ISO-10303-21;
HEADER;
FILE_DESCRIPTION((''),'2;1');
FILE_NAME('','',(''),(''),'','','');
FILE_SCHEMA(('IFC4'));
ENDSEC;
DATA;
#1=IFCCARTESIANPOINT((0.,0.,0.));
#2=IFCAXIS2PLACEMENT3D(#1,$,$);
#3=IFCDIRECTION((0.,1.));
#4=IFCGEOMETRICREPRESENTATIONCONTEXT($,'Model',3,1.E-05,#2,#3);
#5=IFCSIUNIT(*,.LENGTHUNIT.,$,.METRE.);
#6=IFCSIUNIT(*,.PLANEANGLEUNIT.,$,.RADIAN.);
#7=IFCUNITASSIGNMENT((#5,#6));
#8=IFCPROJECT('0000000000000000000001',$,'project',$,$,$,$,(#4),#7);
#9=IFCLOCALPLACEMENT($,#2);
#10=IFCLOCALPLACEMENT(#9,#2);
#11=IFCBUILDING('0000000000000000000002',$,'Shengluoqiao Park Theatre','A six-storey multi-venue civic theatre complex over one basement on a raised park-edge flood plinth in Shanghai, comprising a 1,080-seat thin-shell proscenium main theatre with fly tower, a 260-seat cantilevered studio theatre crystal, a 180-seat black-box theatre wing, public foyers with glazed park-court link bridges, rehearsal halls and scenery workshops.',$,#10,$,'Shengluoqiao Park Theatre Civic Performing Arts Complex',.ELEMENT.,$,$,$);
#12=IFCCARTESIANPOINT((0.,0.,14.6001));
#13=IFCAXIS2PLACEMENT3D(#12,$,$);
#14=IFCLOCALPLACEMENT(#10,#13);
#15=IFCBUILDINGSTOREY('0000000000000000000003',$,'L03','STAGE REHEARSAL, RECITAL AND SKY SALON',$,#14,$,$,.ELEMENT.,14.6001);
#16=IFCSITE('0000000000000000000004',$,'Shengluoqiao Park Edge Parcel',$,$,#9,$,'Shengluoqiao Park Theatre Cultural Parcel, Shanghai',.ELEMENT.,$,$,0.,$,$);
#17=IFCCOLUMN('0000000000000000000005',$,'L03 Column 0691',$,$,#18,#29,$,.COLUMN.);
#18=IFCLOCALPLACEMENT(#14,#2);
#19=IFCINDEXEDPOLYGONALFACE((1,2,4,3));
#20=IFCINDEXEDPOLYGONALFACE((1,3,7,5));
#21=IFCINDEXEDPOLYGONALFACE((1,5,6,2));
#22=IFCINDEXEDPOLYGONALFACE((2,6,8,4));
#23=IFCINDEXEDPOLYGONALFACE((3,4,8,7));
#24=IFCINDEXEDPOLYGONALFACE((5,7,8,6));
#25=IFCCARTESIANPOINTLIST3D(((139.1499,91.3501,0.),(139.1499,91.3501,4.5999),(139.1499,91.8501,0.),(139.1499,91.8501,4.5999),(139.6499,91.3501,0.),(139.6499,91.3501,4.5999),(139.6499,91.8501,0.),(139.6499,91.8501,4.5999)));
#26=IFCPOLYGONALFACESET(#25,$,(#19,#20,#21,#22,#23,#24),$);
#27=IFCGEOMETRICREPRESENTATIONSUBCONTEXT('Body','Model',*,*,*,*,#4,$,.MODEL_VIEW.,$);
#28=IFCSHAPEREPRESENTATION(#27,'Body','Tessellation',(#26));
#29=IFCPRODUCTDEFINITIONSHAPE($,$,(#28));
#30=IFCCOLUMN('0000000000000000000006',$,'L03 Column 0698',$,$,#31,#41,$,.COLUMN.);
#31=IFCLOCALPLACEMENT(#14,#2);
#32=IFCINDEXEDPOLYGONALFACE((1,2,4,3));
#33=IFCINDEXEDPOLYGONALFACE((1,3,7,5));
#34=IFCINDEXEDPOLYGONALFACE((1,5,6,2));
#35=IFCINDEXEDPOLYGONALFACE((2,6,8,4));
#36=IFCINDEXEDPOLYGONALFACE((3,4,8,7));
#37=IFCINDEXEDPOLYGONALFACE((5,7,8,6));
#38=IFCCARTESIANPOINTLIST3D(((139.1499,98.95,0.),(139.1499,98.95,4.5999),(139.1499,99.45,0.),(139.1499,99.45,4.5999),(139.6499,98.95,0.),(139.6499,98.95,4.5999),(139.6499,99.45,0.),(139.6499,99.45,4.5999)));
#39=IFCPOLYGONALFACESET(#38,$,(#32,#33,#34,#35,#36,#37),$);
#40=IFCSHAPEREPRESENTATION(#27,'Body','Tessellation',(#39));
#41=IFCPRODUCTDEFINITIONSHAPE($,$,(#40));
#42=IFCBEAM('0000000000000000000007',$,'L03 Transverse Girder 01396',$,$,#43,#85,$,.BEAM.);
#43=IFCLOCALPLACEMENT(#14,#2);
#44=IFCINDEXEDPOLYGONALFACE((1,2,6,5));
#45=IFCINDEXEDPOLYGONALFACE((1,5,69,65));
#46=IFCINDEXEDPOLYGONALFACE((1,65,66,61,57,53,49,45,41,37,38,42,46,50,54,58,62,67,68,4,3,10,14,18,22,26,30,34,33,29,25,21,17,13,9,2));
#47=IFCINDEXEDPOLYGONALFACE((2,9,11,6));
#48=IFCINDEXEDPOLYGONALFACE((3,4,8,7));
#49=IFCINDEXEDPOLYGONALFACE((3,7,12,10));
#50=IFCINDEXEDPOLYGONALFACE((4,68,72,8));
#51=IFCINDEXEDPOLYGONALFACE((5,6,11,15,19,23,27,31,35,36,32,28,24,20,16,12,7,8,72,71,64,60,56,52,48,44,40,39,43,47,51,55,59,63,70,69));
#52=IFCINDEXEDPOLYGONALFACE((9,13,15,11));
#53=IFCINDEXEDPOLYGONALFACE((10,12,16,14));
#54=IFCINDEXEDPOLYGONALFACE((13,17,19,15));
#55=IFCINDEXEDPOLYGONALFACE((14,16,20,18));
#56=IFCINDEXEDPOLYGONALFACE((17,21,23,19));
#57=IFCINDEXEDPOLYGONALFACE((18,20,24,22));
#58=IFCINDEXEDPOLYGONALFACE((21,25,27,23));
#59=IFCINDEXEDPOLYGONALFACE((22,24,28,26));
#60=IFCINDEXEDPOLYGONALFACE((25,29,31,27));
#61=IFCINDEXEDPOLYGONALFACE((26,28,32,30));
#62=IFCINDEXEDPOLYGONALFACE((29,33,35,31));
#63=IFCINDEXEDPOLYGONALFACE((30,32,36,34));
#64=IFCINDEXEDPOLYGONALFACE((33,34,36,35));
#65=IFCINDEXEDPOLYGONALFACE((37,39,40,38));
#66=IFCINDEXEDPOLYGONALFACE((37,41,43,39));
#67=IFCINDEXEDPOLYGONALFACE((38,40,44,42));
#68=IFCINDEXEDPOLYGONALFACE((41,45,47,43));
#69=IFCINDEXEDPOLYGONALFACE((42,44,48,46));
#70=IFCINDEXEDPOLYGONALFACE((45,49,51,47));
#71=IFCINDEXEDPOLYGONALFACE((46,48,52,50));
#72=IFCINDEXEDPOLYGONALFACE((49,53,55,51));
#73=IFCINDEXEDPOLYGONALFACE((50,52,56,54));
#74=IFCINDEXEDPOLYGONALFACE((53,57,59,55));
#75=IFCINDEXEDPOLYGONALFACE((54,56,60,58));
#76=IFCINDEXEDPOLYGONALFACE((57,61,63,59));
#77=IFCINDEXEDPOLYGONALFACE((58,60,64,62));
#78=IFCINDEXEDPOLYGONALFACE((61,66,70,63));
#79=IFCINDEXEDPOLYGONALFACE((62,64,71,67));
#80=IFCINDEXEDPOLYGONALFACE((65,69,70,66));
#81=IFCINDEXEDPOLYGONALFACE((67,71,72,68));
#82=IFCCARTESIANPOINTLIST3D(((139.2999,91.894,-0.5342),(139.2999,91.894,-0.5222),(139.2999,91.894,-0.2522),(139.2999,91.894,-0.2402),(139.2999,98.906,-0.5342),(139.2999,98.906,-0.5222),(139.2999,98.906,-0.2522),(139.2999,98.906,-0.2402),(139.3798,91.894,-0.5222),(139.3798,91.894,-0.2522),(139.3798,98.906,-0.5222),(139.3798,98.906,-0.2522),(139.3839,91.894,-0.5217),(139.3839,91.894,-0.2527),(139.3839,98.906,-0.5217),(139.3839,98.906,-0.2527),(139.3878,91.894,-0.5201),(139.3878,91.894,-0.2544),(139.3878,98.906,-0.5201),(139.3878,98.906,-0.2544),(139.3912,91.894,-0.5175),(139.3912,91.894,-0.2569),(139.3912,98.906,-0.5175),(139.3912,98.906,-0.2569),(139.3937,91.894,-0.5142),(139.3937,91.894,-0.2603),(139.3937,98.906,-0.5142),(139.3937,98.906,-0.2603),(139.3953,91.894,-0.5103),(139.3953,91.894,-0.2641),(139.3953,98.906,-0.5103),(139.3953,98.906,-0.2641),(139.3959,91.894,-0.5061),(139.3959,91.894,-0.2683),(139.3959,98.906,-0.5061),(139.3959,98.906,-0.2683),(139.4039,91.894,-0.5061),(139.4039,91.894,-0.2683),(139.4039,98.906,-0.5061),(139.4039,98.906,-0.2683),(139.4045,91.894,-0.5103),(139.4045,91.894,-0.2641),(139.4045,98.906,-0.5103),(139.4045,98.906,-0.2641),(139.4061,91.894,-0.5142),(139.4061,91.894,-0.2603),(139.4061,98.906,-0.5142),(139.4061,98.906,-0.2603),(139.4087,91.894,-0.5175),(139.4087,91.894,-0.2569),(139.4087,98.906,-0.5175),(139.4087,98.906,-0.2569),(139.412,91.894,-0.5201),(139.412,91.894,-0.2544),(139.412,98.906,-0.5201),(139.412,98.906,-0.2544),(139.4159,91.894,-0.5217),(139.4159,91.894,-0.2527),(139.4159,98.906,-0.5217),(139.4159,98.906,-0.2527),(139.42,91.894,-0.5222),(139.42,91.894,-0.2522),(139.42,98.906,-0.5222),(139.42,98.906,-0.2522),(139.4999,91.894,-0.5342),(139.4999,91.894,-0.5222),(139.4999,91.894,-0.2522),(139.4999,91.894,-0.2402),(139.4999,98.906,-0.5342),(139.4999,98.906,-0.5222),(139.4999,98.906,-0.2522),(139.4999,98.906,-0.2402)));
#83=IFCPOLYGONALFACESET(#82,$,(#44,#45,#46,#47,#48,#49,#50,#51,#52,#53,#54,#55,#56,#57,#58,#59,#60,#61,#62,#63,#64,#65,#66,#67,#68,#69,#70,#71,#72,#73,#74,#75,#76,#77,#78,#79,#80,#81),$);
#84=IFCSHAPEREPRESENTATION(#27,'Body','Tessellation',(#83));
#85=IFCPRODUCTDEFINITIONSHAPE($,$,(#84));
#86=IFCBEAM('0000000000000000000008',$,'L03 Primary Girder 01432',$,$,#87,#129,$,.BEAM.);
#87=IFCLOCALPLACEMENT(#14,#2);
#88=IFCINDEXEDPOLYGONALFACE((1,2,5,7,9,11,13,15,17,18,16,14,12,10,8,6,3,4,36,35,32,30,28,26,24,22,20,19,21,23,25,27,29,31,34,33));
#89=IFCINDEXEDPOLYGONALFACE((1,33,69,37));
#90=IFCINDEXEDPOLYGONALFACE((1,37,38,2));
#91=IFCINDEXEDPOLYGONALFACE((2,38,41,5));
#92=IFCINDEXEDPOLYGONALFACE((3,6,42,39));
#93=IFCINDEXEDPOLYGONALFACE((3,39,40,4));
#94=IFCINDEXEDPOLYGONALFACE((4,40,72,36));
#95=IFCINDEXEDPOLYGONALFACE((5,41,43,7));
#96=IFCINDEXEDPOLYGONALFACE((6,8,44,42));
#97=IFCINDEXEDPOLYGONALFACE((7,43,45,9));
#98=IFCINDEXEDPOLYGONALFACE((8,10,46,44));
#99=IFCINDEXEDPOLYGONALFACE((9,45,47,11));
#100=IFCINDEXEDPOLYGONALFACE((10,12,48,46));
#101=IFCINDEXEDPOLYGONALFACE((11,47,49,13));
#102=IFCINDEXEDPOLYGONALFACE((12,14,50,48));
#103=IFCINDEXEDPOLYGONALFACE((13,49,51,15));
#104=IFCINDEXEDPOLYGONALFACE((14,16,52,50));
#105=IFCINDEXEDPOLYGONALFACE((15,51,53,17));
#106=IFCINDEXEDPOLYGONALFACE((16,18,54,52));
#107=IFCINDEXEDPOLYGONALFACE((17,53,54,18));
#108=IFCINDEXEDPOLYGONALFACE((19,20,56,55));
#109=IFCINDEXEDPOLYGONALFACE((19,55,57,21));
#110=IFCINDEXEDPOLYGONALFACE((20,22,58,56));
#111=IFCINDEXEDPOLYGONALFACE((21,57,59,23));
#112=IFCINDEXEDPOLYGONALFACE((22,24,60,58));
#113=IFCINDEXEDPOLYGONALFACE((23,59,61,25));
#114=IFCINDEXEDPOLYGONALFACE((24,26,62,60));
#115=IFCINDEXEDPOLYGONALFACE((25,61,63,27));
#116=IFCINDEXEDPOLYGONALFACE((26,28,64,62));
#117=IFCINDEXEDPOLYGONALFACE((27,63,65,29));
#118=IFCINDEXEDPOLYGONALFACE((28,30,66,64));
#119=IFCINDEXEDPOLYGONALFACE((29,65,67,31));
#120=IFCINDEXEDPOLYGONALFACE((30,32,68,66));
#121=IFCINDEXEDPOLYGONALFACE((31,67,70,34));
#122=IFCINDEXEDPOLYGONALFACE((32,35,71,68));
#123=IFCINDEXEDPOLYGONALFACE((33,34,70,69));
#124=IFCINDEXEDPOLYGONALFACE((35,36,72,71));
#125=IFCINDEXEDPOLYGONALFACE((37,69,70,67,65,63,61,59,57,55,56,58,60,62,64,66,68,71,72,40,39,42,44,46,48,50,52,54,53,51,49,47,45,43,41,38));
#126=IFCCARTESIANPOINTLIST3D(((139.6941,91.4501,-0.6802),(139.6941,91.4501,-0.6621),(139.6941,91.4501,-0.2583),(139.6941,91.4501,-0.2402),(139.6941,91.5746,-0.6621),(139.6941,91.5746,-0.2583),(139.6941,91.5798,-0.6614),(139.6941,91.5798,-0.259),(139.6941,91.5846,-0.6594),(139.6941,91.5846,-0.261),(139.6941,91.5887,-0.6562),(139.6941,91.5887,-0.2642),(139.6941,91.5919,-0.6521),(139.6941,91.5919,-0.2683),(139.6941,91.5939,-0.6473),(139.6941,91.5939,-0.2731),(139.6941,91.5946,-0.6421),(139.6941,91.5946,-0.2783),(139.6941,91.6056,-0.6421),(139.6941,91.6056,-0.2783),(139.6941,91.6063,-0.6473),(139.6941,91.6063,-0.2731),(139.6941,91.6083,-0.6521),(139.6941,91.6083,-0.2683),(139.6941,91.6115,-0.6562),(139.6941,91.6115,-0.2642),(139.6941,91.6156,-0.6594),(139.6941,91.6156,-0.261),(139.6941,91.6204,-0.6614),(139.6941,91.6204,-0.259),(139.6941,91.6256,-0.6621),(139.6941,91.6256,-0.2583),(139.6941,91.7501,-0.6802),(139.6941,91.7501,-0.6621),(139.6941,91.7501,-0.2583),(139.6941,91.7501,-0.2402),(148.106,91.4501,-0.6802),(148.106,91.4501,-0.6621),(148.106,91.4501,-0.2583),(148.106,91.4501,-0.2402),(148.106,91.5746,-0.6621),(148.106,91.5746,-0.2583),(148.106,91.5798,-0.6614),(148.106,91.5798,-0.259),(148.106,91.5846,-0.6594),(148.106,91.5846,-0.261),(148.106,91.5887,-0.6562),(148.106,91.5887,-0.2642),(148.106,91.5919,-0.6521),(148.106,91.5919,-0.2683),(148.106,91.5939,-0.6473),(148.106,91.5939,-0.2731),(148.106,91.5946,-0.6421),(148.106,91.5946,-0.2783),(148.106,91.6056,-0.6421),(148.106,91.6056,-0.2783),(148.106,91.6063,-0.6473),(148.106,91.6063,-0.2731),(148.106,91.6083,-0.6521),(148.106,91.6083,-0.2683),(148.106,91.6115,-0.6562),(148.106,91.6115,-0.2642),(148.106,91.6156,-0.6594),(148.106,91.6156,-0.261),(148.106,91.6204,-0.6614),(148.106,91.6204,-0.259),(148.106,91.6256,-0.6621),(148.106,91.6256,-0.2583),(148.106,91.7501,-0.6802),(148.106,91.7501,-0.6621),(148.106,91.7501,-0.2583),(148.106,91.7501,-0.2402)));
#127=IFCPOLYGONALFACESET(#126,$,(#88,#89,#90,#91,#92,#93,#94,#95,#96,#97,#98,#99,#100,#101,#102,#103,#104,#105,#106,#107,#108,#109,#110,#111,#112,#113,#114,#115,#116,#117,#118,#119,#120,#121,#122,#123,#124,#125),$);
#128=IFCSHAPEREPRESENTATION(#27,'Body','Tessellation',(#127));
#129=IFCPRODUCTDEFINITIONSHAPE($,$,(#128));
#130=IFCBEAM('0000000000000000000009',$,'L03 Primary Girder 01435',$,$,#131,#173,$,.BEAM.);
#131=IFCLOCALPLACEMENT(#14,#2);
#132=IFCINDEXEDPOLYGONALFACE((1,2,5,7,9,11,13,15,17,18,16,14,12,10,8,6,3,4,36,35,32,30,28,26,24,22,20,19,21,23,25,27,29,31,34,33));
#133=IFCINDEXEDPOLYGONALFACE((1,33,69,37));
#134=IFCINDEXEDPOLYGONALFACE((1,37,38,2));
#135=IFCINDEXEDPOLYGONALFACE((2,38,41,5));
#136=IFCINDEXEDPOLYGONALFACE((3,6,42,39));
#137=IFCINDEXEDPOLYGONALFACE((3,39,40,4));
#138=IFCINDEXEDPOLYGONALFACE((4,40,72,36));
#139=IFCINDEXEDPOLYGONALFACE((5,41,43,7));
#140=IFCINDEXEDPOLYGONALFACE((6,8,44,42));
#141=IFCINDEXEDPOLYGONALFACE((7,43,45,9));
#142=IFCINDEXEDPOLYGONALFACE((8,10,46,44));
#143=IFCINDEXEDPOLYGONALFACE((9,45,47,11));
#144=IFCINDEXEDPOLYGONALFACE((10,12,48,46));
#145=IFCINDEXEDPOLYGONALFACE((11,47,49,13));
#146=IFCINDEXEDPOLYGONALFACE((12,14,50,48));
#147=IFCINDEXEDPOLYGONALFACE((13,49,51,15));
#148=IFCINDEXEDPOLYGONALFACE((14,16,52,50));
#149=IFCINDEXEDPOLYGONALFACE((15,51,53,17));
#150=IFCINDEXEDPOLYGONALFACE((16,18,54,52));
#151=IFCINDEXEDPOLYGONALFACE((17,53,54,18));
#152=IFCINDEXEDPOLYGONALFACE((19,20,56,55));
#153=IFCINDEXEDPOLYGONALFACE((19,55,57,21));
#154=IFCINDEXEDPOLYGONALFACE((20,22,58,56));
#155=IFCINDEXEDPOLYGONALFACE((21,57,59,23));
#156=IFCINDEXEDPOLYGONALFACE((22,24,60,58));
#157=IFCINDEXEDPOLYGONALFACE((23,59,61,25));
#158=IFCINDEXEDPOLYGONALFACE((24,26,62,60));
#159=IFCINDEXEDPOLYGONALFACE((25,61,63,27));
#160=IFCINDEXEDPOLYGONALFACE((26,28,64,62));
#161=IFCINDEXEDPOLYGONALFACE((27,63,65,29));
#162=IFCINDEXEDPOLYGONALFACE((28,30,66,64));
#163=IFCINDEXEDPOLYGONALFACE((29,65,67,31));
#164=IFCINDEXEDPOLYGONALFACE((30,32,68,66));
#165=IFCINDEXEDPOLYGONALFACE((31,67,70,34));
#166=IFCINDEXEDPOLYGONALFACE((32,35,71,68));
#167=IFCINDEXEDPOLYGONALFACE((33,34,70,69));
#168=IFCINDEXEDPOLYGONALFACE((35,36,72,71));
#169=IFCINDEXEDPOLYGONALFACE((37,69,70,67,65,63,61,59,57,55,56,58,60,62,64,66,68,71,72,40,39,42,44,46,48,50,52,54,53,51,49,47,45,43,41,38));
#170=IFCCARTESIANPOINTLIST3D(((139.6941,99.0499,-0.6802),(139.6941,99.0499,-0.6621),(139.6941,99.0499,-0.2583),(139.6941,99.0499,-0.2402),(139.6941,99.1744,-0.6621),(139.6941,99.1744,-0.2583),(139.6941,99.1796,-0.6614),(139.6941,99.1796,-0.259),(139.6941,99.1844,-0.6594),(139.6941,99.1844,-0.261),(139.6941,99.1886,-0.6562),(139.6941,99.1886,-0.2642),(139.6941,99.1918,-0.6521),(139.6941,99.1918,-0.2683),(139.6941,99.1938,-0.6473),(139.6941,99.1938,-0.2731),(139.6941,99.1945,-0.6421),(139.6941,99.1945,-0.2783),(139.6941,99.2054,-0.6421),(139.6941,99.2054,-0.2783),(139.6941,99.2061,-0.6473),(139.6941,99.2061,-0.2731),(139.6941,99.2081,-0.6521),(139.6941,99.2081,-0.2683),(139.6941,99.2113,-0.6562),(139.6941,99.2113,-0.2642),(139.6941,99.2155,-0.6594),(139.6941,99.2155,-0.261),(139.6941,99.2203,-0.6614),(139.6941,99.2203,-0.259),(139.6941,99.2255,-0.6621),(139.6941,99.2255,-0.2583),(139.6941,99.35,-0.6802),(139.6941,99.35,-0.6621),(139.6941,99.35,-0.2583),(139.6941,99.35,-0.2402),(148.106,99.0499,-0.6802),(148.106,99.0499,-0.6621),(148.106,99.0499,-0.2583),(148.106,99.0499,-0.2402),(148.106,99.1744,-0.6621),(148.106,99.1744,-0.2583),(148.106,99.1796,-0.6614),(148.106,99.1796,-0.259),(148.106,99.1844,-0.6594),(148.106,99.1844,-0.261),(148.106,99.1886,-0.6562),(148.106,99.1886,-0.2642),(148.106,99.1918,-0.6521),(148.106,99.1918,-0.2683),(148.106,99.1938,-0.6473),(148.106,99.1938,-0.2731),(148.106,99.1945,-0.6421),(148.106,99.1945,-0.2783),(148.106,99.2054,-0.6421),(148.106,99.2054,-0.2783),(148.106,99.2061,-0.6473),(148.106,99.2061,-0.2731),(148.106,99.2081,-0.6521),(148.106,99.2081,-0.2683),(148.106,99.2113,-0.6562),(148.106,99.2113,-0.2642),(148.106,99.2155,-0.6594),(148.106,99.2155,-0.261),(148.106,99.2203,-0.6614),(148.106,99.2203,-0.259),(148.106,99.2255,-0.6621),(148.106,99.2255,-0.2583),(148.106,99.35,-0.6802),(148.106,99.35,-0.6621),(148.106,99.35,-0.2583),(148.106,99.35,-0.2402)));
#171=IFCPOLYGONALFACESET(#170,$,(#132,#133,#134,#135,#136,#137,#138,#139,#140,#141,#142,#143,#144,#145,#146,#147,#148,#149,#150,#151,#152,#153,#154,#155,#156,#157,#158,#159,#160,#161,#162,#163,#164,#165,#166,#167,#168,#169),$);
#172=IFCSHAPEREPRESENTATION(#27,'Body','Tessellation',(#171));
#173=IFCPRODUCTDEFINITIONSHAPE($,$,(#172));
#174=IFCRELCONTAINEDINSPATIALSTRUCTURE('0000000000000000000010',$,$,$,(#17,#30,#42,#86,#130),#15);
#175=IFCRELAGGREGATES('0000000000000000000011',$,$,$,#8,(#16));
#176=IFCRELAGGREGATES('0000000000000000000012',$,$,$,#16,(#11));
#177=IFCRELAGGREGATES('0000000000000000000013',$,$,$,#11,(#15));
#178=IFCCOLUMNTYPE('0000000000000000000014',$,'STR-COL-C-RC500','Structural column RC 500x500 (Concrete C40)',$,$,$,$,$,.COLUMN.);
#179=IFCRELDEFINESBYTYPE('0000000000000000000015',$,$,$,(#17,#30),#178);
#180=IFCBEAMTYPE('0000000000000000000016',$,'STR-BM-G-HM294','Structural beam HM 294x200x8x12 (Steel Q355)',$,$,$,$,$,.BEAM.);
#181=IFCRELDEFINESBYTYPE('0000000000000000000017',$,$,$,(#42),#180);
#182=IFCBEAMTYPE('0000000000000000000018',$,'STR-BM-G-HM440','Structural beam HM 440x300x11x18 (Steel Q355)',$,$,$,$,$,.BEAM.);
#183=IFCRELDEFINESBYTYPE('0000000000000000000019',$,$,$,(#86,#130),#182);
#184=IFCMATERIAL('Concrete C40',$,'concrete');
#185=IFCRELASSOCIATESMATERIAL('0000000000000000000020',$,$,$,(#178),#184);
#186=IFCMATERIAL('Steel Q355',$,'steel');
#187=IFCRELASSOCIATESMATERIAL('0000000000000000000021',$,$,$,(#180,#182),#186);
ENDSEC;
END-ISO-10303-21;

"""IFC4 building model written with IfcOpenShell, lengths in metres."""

from ifc_helpers import new_model, si_unit, direction, frame, origin, origin_2d, place, context, subcontext, project, spatial, rectangle, i_section, extrude, material, material_profile, profile_set, type_object, element, save


model = new_model("IFC4")

# Units and contexts
model_context = context("Model", 3, precision=1e-05, world=origin(), true_north=direction((0.0, 1.0)))
body_context = subcontext(model_context, "Body", "Model", "MODEL_VIEW")
ifc_project = project(units=[si_unit("LENGTHUNIT", "METRE"), si_unit("PLANEANGLEUNIT", "RADIAN")], contexts=[model_context])

# Site, building, storey
site_placement = place(None, origin())
site = spatial("IfcSite", under=ifc_project, at=site_placement, Name="Shengluoqiao Park Edge Parcel", LongName="Shengluoqiao Park Theatre Cultural Parcel, Shanghai", CompositionType="ELEMENT", RefElevation=0.0)
building_placement = place(site_placement, origin())
building = spatial("IfcBuilding", under=site, at=building_placement, Name="Shengluoqiao Park Theatre", Description="A six-storey multi-venue civic theatre complex over one basement on a raised park-edge flood plinth in Shanghai, comprising a 1,080-seat thin-shell proscenium main theatre with fly tower, a 260-seat cantilevered studio theatre crystal, a 180-seat black-box theatre wing, public foyers with glazed park-court link bridges, rehearsal halls and scenery workshops.", LongName="Shengluoqiao Park Theatre Civic Performing Arts Complex", CompositionType="ELEMENT")
storey_placement = place(building_placement, frame((0.0, 0.0, 14.6001)))
storey = spatial("IfcBuildingStorey", under=building, at=storey_placement, Name="L03", Description="STAGE REHEARSAL, RECITAL AND SKY SALON", CompositionType="ELEMENT", Elevation=14.6001)

# Columns
ifc_material_1 = material(Name="Concrete C40", Category="concrete")
ifc_material_profile_1 = material_profile(ifc_material_1, rectangle(XDim=0.5, YDim=0.5, at=origin_2d()), Name="RC 500x500")
ifc_profile_set_1 = profile_set([ifc_material_profile_1], Name="Concrete C40")
column_type = type_object("IfcColumnType", Name="STR-COL-C-RC500", Description="Structural column RC 500x500 (Concrete C40)", PredefinedType="COLUMN", material=ifc_profile_set_1)
for number, where, z_axis, x_axis, name in (
    (1, (139.3999, 91.6001, 0.0), (0.0, 0.0, 1.0), (1.0, 0.0, 0.0), "L03 Column 0691"),
    (2, (139.3999, 99.2, 0.0), (0.0, 0.0, 1.0), (1.0, 0.0, 0.0), "L03 Column 0698"),
):
    element("IfcColumn", number, at=place(storey_placement, frame(where, z_axis=z_axis, x_axis=x_axis)), inside=storey, type_object=column_type, Name=name, PredefinedType="COLUMN", context=body_context, shape_type="SweptSolid", body=[
        extrude(rectangle(XDim=0.5, YDim=0.5, at=origin_2d()), origin(), (0.0, 0.0, 1.0), 4.5999),
    ])

# Beams
ifc_material_2 = material(Name="Steel Q355", Category="steel")
ifc_material_profile_2 = material_profile(ifc_material_2, i_section(OverallWidth=0.2, OverallDepth=0.2939, WebThickness=0.0081, FlangeThickness=0.012, FilletRadius=0.0161, at=origin_2d()), Name="HM 294x200x8x12")
ifc_profile_set_2 = profile_set([ifc_material_profile_2], Name="Steel Q355")
beam_type_1 = type_object("IfcBeamType", Name="STR-BM-G-HM294", Description="Structural beam HM 294x200x8x12 (Steel Q355)", PredefinedType="BEAM", material=ifc_profile_set_2)
beam_placement = place(storey_placement, frame((139.3999, 91.894, -0.3872), z_axis=(0.0, 1.0, 0.0), x_axis=(-1.0, 0.0, 0.0)))
element("IfcBeam", 3, at=beam_placement, inside=storey, type_object=beam_type_1, Name="L03 Transverse Girder 01396", PredefinedType="BEAM", context=body_context, shape_type="SweptSolid", body=[
    extrude(i_section(OverallWidth=0.2, OverallDepth=0.2939, WebThickness=0.0081, FlangeThickness=0.012, FilletRadius=0.0161, at=origin_2d()), origin(), (0.0, 0.0, 1.0), 7.012),
])
ifc_material_profile_3 = material_profile(ifc_material_2, i_section(OverallWidth=0.3, OverallDepth=0.4399, WebThickness=0.011, FlangeThickness=0.0181, FilletRadius=0.02, at=origin_2d()), Name="HM 440x300x11x18")
ifc_profile_set_3 = profile_set([ifc_material_profile_3], Name="Steel Q355")
beam_type_2 = type_object("IfcBeamType", Name="STR-BM-G-HM440", Description="Structural beam HM 440x300x11x18 (Steel Q355)", PredefinedType="BEAM", material=ifc_profile_set_3)
for number, where, z_axis, x_axis, name in (
    (4, (139.6941, 91.6001, -0.4602), (1.0, 0.0, 0.0), (0.0, 1.0, 0.0), "L03 Primary Girder 01432"),
    (5, (139.6941, 99.2, -0.4602), (1.0, 0.0, 0.0), (0.0, 1.0, 0.0), "L03 Primary Girder 01435"),
):
    element("IfcBeam", number, at=place(storey_placement, frame(where, z_axis=z_axis, x_axis=x_axis)), inside=storey, type_object=beam_type_2, Name=name, PredefinedType="BEAM", context=body_context, shape_type="SweptSolid", body=[
        extrude(i_section(OverallWidth=0.3, OverallDepth=0.4399, WebThickness=0.011, FlangeThickness=0.0181, FilletRadius=0.02, at=origin_2d()), origin(), (0.0, 0.0, 1.0), 8.4119),
    ])

save(model, "model.ifc")
